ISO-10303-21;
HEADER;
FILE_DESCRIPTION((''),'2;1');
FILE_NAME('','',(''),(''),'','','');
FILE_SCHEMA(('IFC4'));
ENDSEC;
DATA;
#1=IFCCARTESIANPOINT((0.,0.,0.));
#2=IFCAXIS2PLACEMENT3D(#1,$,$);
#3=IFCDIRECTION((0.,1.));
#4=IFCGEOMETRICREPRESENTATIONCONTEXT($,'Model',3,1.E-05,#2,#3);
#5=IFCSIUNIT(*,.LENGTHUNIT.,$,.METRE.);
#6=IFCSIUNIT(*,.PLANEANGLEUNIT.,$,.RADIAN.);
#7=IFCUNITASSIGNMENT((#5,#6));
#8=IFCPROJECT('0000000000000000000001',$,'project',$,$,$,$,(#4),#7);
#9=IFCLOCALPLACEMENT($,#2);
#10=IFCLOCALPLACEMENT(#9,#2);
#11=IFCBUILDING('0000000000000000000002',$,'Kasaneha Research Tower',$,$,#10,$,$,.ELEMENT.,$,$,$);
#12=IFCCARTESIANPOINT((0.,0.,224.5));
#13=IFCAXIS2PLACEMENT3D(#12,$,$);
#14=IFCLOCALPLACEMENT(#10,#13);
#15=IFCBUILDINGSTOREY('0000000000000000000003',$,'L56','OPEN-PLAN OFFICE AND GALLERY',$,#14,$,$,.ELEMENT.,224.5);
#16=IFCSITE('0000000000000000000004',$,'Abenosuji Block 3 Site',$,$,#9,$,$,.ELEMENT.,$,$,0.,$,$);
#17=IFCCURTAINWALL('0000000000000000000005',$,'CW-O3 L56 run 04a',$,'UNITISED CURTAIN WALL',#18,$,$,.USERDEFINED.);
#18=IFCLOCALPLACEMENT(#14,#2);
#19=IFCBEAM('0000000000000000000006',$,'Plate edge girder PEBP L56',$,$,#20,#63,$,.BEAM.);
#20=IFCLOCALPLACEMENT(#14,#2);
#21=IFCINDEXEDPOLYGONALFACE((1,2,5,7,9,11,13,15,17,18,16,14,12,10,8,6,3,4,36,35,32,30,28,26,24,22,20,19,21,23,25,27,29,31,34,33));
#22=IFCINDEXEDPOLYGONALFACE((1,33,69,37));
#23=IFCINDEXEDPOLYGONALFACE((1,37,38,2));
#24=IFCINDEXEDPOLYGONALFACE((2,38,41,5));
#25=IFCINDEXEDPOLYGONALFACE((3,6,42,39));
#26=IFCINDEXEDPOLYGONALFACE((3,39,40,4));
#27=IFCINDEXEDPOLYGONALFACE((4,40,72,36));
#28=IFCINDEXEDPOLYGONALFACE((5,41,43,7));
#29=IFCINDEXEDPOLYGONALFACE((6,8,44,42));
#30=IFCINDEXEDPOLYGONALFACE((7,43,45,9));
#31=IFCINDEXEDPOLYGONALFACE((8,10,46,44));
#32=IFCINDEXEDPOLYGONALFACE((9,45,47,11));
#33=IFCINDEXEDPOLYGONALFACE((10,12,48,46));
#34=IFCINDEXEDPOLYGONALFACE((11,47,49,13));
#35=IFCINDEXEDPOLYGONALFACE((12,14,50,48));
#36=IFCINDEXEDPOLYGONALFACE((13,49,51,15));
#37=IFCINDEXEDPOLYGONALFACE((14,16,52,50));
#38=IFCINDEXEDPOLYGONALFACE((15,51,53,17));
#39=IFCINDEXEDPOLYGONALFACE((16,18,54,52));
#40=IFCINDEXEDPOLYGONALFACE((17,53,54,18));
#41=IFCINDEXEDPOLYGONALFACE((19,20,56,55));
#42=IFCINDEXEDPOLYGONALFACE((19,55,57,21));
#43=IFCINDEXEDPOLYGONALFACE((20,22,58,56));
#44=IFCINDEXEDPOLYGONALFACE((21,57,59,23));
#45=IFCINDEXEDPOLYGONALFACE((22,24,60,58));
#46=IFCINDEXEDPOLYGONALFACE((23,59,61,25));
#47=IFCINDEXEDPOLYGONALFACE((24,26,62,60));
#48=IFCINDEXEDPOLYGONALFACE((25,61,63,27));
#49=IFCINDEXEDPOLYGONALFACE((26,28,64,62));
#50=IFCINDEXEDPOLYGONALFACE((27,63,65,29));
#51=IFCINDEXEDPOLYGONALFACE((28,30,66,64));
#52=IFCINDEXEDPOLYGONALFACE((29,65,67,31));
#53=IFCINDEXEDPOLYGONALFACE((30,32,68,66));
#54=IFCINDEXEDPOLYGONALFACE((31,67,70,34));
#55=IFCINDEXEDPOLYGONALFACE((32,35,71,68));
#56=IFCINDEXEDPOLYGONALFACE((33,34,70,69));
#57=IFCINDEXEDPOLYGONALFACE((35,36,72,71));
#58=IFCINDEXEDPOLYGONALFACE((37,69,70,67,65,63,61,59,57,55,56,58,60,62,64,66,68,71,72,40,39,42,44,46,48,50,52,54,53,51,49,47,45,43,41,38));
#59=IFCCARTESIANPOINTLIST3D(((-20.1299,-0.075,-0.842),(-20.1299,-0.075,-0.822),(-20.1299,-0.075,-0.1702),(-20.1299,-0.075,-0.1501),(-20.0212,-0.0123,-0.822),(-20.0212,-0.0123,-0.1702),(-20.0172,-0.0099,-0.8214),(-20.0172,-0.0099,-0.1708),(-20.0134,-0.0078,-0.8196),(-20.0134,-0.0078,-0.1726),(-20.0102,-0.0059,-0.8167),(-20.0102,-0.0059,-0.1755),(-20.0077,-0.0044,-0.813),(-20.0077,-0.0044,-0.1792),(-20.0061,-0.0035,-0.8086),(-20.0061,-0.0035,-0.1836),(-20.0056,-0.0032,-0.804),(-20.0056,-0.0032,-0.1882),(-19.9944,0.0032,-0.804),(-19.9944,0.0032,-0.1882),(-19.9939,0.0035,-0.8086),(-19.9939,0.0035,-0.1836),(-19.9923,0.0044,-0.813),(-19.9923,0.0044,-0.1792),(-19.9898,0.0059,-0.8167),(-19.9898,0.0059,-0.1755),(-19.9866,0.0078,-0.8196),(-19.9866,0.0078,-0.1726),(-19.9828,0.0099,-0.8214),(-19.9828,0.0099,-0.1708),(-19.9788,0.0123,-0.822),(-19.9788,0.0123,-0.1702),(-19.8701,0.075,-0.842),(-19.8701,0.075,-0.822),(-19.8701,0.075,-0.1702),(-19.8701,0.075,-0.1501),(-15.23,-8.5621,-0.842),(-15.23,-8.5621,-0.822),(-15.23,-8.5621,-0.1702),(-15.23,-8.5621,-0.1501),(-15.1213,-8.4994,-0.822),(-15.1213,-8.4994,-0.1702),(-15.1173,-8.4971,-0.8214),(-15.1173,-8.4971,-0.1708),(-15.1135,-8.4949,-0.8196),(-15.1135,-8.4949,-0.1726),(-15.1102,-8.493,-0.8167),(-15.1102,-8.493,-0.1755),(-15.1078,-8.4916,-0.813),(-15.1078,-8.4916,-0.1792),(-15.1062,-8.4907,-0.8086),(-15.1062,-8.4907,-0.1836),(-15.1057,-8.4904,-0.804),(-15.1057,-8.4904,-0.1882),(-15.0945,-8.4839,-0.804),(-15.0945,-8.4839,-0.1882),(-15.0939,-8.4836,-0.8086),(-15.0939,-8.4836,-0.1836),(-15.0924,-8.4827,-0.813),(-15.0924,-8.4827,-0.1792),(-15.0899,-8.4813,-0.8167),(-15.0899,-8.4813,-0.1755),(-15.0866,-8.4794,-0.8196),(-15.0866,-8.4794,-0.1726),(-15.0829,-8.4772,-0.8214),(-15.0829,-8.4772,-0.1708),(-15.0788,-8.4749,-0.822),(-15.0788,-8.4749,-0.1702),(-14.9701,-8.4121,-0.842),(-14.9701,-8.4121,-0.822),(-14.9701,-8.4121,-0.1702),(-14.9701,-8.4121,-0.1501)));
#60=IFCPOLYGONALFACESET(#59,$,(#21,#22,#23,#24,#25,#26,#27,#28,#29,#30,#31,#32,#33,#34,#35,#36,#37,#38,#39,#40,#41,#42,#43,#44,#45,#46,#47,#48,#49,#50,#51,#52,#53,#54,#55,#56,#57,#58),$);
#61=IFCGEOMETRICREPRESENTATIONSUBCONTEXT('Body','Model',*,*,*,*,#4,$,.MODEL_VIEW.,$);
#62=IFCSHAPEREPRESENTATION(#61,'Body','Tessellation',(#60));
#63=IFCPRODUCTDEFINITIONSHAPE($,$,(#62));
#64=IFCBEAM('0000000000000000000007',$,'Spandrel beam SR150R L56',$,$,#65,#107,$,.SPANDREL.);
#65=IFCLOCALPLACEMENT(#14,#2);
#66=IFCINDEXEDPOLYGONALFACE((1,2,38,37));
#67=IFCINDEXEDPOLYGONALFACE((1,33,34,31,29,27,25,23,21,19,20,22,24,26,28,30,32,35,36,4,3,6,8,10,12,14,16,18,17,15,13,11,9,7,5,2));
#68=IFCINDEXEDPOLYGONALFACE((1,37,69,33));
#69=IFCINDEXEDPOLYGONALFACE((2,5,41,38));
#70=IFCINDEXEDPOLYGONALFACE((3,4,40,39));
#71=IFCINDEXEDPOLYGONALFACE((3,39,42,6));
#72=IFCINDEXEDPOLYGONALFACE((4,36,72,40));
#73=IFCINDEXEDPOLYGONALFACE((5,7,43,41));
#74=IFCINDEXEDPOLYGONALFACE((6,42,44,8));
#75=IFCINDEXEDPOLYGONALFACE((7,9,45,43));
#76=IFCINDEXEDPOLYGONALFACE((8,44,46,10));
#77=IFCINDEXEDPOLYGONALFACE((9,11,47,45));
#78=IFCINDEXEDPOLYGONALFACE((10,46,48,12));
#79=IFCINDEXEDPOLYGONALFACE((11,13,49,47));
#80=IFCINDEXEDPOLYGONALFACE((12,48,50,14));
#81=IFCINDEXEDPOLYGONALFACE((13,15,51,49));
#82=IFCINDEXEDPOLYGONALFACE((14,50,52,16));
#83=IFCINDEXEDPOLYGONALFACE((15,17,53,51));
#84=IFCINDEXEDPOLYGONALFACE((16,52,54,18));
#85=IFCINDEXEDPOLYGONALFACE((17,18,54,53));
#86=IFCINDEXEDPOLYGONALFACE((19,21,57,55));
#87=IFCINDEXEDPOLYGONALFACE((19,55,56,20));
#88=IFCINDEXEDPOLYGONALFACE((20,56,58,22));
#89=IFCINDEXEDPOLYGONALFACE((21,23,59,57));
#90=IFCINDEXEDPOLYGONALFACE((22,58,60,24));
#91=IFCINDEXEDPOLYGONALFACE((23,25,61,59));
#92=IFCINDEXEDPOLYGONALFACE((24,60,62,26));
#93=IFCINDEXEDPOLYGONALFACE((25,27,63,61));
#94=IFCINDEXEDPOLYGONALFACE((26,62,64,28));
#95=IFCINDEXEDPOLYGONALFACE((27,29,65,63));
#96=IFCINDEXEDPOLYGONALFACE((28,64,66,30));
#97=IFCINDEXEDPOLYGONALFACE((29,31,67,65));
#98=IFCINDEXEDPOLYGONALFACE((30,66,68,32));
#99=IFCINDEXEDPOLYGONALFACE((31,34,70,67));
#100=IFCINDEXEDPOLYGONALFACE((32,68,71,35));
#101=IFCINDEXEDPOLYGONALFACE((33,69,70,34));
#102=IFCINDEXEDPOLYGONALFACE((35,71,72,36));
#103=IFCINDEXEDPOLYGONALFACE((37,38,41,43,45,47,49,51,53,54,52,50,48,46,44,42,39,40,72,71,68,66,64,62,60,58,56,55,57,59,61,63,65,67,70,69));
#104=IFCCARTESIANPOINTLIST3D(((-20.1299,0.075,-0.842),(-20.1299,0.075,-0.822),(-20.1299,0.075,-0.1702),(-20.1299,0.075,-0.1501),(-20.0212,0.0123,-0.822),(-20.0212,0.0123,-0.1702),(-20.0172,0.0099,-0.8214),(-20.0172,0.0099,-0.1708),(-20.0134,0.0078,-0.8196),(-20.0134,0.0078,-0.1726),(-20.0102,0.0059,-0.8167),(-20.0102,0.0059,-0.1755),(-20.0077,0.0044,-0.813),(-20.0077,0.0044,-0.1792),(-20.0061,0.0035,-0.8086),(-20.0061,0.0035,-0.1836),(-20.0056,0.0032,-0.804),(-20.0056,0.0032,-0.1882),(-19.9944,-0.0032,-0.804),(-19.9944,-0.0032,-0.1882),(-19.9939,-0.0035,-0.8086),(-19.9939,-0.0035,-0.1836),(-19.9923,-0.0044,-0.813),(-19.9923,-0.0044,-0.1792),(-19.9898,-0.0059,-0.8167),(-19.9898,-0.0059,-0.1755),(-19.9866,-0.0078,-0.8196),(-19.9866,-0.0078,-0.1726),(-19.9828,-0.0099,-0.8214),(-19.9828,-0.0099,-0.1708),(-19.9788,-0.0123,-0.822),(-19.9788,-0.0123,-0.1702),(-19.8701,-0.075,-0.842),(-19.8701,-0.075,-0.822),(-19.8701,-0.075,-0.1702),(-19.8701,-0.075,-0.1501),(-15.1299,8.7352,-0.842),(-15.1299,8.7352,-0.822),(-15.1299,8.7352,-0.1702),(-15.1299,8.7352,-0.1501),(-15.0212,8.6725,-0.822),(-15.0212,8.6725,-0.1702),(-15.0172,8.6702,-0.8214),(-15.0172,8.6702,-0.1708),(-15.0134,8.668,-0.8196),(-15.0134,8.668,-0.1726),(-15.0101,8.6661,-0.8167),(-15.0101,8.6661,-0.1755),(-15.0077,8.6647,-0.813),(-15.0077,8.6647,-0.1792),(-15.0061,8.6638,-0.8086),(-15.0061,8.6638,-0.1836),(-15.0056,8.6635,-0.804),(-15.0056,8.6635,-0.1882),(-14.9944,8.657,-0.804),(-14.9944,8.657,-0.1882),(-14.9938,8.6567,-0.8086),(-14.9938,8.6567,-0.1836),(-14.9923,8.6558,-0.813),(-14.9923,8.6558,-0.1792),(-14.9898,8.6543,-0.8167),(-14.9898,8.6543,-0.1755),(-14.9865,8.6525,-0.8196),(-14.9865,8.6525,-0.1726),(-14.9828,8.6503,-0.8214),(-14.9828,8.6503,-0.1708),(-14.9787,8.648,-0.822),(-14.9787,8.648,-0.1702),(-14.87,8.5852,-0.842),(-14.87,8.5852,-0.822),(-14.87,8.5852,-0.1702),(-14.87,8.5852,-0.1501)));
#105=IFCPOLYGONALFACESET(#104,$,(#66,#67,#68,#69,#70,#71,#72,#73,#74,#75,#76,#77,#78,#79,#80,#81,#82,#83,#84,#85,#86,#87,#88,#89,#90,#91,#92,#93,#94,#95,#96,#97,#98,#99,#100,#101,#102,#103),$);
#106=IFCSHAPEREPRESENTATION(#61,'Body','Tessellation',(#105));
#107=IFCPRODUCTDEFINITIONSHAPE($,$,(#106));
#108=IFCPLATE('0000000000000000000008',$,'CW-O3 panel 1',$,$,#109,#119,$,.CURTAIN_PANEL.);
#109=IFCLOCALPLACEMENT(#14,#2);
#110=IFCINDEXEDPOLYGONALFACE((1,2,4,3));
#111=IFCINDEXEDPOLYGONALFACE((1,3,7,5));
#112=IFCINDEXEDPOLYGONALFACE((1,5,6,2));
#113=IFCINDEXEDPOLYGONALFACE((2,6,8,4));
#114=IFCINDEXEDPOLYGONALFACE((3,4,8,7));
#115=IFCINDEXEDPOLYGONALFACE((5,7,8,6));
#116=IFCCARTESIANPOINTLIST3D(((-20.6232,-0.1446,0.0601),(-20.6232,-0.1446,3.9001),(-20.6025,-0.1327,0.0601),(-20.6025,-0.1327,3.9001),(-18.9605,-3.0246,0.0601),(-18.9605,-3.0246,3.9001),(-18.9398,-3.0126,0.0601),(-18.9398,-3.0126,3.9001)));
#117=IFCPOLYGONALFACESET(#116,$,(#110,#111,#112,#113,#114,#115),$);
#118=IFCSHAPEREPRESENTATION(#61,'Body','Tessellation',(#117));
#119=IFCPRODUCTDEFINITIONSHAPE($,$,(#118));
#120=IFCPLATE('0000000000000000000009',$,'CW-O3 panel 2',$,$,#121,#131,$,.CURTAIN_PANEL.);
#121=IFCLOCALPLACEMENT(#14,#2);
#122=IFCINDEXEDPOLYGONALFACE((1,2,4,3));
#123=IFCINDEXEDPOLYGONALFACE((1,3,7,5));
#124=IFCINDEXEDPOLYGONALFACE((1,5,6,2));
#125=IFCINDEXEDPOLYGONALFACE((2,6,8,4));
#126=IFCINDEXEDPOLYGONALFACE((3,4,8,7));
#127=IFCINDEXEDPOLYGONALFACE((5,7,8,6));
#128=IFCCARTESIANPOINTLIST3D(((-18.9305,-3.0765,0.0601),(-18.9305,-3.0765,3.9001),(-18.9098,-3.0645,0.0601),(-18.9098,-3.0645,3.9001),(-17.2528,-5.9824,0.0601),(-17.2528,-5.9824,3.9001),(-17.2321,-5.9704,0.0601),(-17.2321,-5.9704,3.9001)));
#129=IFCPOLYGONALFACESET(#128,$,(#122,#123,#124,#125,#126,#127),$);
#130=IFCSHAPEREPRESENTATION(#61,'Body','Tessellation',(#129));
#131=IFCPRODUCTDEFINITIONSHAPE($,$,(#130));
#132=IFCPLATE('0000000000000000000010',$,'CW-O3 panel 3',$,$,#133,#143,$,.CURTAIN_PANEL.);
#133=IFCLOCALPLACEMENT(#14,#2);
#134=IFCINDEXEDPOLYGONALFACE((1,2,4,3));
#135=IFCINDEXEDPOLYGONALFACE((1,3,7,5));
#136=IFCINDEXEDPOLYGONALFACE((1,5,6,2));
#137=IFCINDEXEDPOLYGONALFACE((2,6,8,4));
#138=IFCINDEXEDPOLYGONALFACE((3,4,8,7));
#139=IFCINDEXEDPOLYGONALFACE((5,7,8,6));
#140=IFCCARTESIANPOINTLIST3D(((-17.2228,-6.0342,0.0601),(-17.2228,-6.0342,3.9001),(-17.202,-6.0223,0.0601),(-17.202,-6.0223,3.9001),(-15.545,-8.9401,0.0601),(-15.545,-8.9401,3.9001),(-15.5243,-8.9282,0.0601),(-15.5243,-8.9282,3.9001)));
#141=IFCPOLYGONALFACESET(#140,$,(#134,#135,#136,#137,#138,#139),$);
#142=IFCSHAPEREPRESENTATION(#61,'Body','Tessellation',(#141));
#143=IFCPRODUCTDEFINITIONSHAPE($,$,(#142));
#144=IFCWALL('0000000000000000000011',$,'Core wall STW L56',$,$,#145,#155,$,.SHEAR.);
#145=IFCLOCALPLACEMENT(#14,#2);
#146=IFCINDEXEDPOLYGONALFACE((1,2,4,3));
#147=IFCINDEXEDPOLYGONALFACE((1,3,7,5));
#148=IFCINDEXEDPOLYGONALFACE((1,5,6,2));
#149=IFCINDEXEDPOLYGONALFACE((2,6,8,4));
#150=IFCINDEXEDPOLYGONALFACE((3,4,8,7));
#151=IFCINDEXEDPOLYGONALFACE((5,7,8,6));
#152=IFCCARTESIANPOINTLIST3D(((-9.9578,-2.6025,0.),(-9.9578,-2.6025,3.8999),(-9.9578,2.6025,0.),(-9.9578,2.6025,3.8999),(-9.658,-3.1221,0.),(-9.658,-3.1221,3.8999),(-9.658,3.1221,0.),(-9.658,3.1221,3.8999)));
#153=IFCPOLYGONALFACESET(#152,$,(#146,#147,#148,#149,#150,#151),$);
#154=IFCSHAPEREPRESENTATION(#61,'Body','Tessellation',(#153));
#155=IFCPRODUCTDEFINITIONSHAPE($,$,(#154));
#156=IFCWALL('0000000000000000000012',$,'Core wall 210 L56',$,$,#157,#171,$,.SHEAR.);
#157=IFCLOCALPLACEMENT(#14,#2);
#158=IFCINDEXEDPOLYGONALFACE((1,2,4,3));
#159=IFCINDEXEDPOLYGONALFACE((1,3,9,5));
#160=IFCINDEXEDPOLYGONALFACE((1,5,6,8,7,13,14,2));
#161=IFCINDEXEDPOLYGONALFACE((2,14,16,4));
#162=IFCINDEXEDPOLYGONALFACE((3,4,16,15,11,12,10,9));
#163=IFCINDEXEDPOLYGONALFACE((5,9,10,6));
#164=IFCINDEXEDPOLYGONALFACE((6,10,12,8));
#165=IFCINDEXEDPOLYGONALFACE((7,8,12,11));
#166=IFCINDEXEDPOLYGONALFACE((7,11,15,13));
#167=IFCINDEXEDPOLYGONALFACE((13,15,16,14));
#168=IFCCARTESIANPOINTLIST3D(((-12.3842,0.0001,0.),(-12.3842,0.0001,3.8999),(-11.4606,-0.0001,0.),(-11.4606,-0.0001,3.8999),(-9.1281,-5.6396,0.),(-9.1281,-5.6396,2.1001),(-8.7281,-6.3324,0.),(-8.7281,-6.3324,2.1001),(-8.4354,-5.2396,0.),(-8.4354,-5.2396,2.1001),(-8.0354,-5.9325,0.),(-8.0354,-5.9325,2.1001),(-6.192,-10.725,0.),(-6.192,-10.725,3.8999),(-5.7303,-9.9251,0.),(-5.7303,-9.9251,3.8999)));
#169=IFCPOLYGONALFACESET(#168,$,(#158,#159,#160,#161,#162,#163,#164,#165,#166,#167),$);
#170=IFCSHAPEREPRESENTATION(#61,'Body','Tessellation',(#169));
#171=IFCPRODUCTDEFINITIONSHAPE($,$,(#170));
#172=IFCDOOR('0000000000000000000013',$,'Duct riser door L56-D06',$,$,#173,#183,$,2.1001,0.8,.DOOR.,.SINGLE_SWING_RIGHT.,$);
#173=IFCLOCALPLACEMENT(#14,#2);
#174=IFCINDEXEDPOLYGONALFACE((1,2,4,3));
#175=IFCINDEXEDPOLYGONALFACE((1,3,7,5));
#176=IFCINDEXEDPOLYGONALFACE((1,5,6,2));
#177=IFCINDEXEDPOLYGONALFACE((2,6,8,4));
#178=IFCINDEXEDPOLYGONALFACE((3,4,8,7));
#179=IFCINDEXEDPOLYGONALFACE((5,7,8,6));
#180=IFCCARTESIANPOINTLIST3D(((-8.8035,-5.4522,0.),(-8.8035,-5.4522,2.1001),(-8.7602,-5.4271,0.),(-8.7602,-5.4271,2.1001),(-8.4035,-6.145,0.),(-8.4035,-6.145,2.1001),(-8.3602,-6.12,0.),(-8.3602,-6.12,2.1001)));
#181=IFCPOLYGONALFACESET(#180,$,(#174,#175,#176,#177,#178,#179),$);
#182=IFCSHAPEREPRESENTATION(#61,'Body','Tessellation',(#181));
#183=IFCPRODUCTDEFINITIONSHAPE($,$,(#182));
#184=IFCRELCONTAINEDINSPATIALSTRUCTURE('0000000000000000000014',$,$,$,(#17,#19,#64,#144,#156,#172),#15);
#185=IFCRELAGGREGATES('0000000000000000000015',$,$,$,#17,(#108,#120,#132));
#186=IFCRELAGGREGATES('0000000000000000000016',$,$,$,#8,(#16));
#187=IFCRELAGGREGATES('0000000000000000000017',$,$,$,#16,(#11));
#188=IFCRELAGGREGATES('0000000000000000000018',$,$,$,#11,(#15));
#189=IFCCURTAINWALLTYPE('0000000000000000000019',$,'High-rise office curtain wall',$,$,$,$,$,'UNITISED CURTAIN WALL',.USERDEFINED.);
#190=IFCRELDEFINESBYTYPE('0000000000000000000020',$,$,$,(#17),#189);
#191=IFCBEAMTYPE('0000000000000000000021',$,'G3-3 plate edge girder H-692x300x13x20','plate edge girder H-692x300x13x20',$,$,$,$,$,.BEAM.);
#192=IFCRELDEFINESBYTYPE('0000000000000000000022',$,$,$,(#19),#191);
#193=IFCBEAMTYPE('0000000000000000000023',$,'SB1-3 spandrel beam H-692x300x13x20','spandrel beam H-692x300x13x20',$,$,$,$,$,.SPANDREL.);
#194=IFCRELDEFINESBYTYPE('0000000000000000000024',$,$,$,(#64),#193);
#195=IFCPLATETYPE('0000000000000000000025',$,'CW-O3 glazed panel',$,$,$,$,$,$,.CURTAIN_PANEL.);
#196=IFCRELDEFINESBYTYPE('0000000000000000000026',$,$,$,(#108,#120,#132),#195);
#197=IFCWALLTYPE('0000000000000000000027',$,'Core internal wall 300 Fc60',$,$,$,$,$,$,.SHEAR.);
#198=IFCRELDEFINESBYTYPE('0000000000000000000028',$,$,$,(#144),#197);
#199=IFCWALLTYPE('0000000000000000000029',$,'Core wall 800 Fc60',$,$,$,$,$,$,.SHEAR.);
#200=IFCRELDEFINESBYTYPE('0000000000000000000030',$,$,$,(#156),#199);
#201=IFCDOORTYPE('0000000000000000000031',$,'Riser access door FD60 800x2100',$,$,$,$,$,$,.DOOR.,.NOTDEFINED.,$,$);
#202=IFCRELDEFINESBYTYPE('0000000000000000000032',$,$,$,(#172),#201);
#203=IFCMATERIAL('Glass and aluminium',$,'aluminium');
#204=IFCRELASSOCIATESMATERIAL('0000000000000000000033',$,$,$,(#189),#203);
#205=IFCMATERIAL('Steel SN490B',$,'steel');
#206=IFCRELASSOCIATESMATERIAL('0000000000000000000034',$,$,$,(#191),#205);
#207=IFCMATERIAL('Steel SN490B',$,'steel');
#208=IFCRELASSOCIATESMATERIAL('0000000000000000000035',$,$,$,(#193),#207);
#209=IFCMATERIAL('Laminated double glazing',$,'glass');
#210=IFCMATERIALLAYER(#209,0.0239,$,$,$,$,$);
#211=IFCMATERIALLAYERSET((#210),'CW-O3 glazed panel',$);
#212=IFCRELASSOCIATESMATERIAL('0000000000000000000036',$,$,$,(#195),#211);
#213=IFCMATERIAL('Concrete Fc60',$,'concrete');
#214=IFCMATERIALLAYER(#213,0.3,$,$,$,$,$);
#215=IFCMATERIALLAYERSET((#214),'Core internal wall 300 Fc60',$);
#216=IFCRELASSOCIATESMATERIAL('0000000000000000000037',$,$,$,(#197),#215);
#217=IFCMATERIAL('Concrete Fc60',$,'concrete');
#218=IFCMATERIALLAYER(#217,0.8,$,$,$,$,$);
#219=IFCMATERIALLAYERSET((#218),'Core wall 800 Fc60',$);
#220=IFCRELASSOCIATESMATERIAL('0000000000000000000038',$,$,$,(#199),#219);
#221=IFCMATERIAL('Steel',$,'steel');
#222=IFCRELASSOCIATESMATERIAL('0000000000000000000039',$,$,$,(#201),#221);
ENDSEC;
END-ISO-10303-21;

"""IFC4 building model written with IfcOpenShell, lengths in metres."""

from ifc_helpers import new_model, si_unit, direction, frame, frame_2d, origin, origin_2d, place, context, subcontext, project, spatial, polyline, rectangle, i_section, outline, extrude, material, layer, layer_set, material_profile, profile_set, type_object, element, fill, aggregate, save


model = new_model("IFC4")

# Units and contexts
model_context = context("Model", 3, precision=1e-05, world=origin(), true_north=direction((0.0, 1.0)))
body_context = subcontext(model_context, "Body", "Model", "MODEL_VIEW")
ifc_project = project(units=[si_unit("LENGTHUNIT", "METRE"), si_unit("PLANEANGLEUNIT", "RADIAN")], contexts=[model_context])

# Site, building, storey
site_placement = place(None, origin())
site = spatial("IfcSite", under=ifc_project, at=site_placement, Name="Abenosuji Block 3 Site", CompositionType="ELEMENT", RefElevation=0.0)
building_placement = place(site_placement, origin())
building = spatial("IfcBuilding", under=site, at=building_placement, Name="Kasaneha Research Tower", CompositionType="ELEMENT")
storey_placement = place(building_placement, frame((0.0, 0.0, 224.5)))
storey = spatial("IfcBuildingStorey", under=building, at=storey_placement, Name="L56", Description="OPEN-PLAN OFFICE AND GALLERY", CompositionType="ELEMENT", Elevation=224.5)

# Curtain wall
ifc_material_1 = material(Name="Glass and aluminium", Category="aluminium")
curtain_wall_type = type_object("IfcCurtainWallType", Name="High-rise office curtain wall", ElementType="UNITISED CURTAIN WALL", PredefinedType="USERDEFINED", material=ifc_material_1)
curtain_wall_placement = place(storey_placement, origin())
curtain_wall = element("IfcCurtainWall", 1, at=curtain_wall_placement, inside=storey, type_object=curtain_wall_type, Name="CW-O3 L56 run 04a", ObjectType="UNITISED CURTAIN WALL", PredefinedType="USERDEFINED")

# Beams
ifc_material_2 = material(Name="Steel SN490B", Category="steel")
ifc_material_profile_1 = material_profile(ifc_material_2, i_section(OverallWidth=0.3, OverallDepth=0.6919, WebThickness=0.0129, FlangeThickness=0.02, FilletRadius=0.0181, at=origin_2d()), Name="H-692x300x13x20")
ifc_profile_set_1 = profile_set([ifc_material_profile_1], Name="Steel SN490B")
beam_type_1 = type_object("IfcBeamType", Name="G3-3 plate edge girder H-692x300x13x20", Description="plate edge girder H-692x300x13x20", PredefinedType="BEAM", material=ifc_profile_set_1)
beam_1_placement = place(storey_placement, frame((-20.0, 0.0, -0.4961), z_axis=(0.499992, -0.86603, 0.0), x_axis=(0.86603, 0.499992, 0.0)))
element("IfcBeam", 2, at=beam_1_placement, inside=storey, type_object=beam_type_1, Name="Plate edge girder PEBP L56", PredefinedType="BEAM", context=body_context, shape_type="SweptSolid", body=[
    extrude(i_section(OverallWidth=0.3, OverallDepth=0.6919, WebThickness=0.0129, FlangeThickness=0.02, FilletRadius=0.0181, at=origin_2d()), origin(), (0.0, 0.0, 1.0), 9.8),
])
ifc_material_3 = material(Name="Steel SN490B", Category="steel")
ifc_material_profile_2 = material_profile(ifc_material_3, i_section(OverallWidth=0.3, OverallDepth=0.6919, WebThickness=0.0129, FlangeThickness=0.02, FilletRadius=0.0181, at=origin_2d()), Name="H-692x300x13x20")
ifc_profile_set_2 = profile_set([ifc_material_profile_2], Name="Steel SN490B")
beam_type_2 = type_object("IfcBeamType", Name="SB1-3 spandrel beam H-692x300x13x20", Description="spandrel beam H-692x300x13x20", PredefinedType="SPANDREL", material=ifc_profile_set_2)
beam_2_placement = place(storey_placement, frame((-20.0, 0.0, -0.4961), z_axis=(0.500004, 0.866023, 0.0), x_axis=(-0.866023, 0.500004, 0.0)))
element("IfcBeam", 3, at=beam_2_placement, inside=storey, type_object=beam_type_2, Name="Spandrel beam SR150R L56", PredefinedType="SPANDREL", context=body_context, shape_type="SweptSolid", body=[
    extrude(i_section(OverallWidth=0.3, OverallDepth=0.6919, WebThickness=0.0129, FlangeThickness=0.02, FilletRadius=0.0181, at=origin_2d()), origin(), (0.0, 0.0, 1.0), 10.0),
])

# Plates
ifc_material_4 = material(Name="Laminated double glazing", Category="glass")
ifc_layer_1 = layer(ifc_material_4, 0.0239)
ifc_layer_set_1 = layer_set([ifc_layer_1], Name="CW-O3 glazed panel")
plate_type = type_object("IfcPlateType", Name="CW-O3 glazed panel", PredefinedType="CURTAIN_PANEL", material=ifc_layer_set_1)
plate_1_placement = place(storey_placement, frame((-19.7815, -1.5786, 0.0601), z_axis=(0.0, 0.0, 1.0), x_axis=(0.5, -0.866025, 0.0)))
plate_1 = element("IfcPlate", 4, at=plate_1_placement, type_object=plate_type, Name="CW-O3 panel 1", PredefinedType="CURTAIN_PANEL", context=body_context, shape_type="SweptSolid", body=[
    extrude(rectangle(XDim=3.3254, YDim=0.0239, at=origin_2d()), origin(), (0.0, 0.0, 1.0), 3.8401),
])
plate_2_placement = place(storey_placement, frame((-18.0813, -4.5234, 0.0601), z_axis=(0.0, 0.0, 1.0), x_axis=(0.5, -0.866025, 0.0)))
plate_2 = element("IfcPlate", 5, at=plate_2_placement, type_object=plate_type, Name="CW-O3 panel 2", PredefinedType="CURTAIN_PANEL", context=body_context, shape_type="SweptSolid", body=[
    extrude(rectangle(XDim=3.3555, YDim=0.0239, at=origin_2d()), origin(), (0.0, 0.0, 1.0), 3.8401),
])
plate_3_placement = place(storey_placement, frame((-16.3735, -7.4812, 0.0601), z_axis=(0.0, 0.0, 1.0), x_axis=(0.5, -0.866025, 0.0)))
plate_3 = element("IfcPlate", 6, at=plate_3_placement, type_object=plate_type, Name="CW-O3 panel 3", PredefinedType="CURTAIN_PANEL", context=body_context, shape_type="SweptSolid", body=[
    extrude(rectangle(XDim=3.3555, YDim=0.0239, at=origin_2d()), origin(), (0.0, 0.0, 1.0), 3.8401),
])
aggregate(curtain_wall, [plate_1, plate_2, plate_3])

# Wall
ifc_material_5 = material(Name="Concrete Fc60", Category="concrete")
ifc_layer_2 = layer(ifc_material_5, 0.3)
ifc_layer_set_2 = layer_set([ifc_layer_2], Name="Core internal wall 300 Fc60")
wall_type_1 = type_object("IfcWallType", Name="Core internal wall 300 Fc60", PredefinedType="SHEAR", material=ifc_layer_set_2)
wall_1_placement = place(storey_placement, frame((-9.8079, -2.8623, 0.0), z_axis=(0.0, 0.0, 1.0), x_axis=(0.0, 1.0, 0.0)))
element("IfcWall", 7, at=wall_1_placement, inside=storey, type_object=wall_type_1, Name="Core wall STW L56", PredefinedType="SHEAR", context=body_context, shape_type="SweptSolid", body=[
    extrude(outline(polyline([(-0.2598, -0.1499), (5.9844, -0.1499), (5.4648, 0.1499), (0.2598, 0.1499), (-0.2598, -0.1499)])), origin(), (0.0, 0.0, 1.0), 3.8999),
])

# Wall, opening, door
ifc_material_6 = material(Name="Concrete Fc60", Category="concrete")
ifc_layer_3 = layer(ifc_material_6, 0.8)
ifc_layer_set_3 = layer_set([ifc_layer_3], Name="Core wall 800 Fc60")
wall_type_2 = type_object("IfcWallType", Name="Core wall 800 Fc60", PredefinedType="SHEAR", material=ifc_layer_set_3)
wall_2_placement = place(storey_placement, frame((-11.9224, 0.0, 0.0), z_axis=(0.0, 0.0, 1.0), x_axis=(0.500004, -0.866023, 0.0)))
wall_2 = element("IfcWall", 8, at=wall_2_placement, inside=storey, type_object=wall_type_2, Name="Core wall 210 L56", PredefinedType="SHEAR", context=body_context, shape_type="SweptSolid", body=[
    extrude(outline(polyline([(-0.231, -0.3999), (6.2812, -0.3999), (7.0813, -0.3999), (12.1533, -0.3999), (11.6914, 0.3999), (7.0813, 0.3999), (6.2812, 0.3999), (0.231, 0.3999), (-0.231, -0.3999)])), origin(), (0.0, 0.0, 1.0), 3.8999),
])
opening_1_placement = place(wall_2_placement, frame((6.2812, 0.0, 0.0)))
opening_1 = element("IfcOpeningElement", 9, at=opening_1_placement, cuts=wall_2, PredefinedType="OPENING", context=body_context, shape_type="SweptSolid", body=[
    extrude(rectangle(XDim=0.8, YDim=2.1001, at=frame_2d((0.3999, 1.05))), frame((0.0, 0.4102, 0.0), z_axis=(0.0, -1.0, 0.0), x_axis=(1.0, 0.0, 0.0)), (0.0, 0.0, 1.0), 0.8201),
])
ifc_material_7 = material(Name="Steel", Category="steel")
door_type_1 = type_object("IfcDoorType", Name="Riser access door FD60 800x2100", OperationType="NOTDEFINED", PredefinedType="DOOR", material=ifc_material_7)
door_1_placement = place(opening_1_placement, origin())
door_1 = element("IfcDoor", 10, at=door_1_placement, inside=storey, type_object=door_type_1, Name="Duct riser door L56-D06", OperationType="SINGLE_SWING_RIGHT", OverallHeight=2.1001, OverallWidth=0.8, PredefinedType="DOOR", context=body_context, shape_type="SweptSolid", body=[
    extrude(rectangle(XDim=0.8, YDim=2.1001, at=frame_2d((0.3999, 1.05))), frame((0.0, 0.0249, 0.0), z_axis=(0.0, -1.0, 0.0), x_axis=(1.0, 0.0, 0.0)), (0.0, 0.0, 1.0), 0.05),
])
fill(opening_1, door_1)

save(model, "model.ifc")
